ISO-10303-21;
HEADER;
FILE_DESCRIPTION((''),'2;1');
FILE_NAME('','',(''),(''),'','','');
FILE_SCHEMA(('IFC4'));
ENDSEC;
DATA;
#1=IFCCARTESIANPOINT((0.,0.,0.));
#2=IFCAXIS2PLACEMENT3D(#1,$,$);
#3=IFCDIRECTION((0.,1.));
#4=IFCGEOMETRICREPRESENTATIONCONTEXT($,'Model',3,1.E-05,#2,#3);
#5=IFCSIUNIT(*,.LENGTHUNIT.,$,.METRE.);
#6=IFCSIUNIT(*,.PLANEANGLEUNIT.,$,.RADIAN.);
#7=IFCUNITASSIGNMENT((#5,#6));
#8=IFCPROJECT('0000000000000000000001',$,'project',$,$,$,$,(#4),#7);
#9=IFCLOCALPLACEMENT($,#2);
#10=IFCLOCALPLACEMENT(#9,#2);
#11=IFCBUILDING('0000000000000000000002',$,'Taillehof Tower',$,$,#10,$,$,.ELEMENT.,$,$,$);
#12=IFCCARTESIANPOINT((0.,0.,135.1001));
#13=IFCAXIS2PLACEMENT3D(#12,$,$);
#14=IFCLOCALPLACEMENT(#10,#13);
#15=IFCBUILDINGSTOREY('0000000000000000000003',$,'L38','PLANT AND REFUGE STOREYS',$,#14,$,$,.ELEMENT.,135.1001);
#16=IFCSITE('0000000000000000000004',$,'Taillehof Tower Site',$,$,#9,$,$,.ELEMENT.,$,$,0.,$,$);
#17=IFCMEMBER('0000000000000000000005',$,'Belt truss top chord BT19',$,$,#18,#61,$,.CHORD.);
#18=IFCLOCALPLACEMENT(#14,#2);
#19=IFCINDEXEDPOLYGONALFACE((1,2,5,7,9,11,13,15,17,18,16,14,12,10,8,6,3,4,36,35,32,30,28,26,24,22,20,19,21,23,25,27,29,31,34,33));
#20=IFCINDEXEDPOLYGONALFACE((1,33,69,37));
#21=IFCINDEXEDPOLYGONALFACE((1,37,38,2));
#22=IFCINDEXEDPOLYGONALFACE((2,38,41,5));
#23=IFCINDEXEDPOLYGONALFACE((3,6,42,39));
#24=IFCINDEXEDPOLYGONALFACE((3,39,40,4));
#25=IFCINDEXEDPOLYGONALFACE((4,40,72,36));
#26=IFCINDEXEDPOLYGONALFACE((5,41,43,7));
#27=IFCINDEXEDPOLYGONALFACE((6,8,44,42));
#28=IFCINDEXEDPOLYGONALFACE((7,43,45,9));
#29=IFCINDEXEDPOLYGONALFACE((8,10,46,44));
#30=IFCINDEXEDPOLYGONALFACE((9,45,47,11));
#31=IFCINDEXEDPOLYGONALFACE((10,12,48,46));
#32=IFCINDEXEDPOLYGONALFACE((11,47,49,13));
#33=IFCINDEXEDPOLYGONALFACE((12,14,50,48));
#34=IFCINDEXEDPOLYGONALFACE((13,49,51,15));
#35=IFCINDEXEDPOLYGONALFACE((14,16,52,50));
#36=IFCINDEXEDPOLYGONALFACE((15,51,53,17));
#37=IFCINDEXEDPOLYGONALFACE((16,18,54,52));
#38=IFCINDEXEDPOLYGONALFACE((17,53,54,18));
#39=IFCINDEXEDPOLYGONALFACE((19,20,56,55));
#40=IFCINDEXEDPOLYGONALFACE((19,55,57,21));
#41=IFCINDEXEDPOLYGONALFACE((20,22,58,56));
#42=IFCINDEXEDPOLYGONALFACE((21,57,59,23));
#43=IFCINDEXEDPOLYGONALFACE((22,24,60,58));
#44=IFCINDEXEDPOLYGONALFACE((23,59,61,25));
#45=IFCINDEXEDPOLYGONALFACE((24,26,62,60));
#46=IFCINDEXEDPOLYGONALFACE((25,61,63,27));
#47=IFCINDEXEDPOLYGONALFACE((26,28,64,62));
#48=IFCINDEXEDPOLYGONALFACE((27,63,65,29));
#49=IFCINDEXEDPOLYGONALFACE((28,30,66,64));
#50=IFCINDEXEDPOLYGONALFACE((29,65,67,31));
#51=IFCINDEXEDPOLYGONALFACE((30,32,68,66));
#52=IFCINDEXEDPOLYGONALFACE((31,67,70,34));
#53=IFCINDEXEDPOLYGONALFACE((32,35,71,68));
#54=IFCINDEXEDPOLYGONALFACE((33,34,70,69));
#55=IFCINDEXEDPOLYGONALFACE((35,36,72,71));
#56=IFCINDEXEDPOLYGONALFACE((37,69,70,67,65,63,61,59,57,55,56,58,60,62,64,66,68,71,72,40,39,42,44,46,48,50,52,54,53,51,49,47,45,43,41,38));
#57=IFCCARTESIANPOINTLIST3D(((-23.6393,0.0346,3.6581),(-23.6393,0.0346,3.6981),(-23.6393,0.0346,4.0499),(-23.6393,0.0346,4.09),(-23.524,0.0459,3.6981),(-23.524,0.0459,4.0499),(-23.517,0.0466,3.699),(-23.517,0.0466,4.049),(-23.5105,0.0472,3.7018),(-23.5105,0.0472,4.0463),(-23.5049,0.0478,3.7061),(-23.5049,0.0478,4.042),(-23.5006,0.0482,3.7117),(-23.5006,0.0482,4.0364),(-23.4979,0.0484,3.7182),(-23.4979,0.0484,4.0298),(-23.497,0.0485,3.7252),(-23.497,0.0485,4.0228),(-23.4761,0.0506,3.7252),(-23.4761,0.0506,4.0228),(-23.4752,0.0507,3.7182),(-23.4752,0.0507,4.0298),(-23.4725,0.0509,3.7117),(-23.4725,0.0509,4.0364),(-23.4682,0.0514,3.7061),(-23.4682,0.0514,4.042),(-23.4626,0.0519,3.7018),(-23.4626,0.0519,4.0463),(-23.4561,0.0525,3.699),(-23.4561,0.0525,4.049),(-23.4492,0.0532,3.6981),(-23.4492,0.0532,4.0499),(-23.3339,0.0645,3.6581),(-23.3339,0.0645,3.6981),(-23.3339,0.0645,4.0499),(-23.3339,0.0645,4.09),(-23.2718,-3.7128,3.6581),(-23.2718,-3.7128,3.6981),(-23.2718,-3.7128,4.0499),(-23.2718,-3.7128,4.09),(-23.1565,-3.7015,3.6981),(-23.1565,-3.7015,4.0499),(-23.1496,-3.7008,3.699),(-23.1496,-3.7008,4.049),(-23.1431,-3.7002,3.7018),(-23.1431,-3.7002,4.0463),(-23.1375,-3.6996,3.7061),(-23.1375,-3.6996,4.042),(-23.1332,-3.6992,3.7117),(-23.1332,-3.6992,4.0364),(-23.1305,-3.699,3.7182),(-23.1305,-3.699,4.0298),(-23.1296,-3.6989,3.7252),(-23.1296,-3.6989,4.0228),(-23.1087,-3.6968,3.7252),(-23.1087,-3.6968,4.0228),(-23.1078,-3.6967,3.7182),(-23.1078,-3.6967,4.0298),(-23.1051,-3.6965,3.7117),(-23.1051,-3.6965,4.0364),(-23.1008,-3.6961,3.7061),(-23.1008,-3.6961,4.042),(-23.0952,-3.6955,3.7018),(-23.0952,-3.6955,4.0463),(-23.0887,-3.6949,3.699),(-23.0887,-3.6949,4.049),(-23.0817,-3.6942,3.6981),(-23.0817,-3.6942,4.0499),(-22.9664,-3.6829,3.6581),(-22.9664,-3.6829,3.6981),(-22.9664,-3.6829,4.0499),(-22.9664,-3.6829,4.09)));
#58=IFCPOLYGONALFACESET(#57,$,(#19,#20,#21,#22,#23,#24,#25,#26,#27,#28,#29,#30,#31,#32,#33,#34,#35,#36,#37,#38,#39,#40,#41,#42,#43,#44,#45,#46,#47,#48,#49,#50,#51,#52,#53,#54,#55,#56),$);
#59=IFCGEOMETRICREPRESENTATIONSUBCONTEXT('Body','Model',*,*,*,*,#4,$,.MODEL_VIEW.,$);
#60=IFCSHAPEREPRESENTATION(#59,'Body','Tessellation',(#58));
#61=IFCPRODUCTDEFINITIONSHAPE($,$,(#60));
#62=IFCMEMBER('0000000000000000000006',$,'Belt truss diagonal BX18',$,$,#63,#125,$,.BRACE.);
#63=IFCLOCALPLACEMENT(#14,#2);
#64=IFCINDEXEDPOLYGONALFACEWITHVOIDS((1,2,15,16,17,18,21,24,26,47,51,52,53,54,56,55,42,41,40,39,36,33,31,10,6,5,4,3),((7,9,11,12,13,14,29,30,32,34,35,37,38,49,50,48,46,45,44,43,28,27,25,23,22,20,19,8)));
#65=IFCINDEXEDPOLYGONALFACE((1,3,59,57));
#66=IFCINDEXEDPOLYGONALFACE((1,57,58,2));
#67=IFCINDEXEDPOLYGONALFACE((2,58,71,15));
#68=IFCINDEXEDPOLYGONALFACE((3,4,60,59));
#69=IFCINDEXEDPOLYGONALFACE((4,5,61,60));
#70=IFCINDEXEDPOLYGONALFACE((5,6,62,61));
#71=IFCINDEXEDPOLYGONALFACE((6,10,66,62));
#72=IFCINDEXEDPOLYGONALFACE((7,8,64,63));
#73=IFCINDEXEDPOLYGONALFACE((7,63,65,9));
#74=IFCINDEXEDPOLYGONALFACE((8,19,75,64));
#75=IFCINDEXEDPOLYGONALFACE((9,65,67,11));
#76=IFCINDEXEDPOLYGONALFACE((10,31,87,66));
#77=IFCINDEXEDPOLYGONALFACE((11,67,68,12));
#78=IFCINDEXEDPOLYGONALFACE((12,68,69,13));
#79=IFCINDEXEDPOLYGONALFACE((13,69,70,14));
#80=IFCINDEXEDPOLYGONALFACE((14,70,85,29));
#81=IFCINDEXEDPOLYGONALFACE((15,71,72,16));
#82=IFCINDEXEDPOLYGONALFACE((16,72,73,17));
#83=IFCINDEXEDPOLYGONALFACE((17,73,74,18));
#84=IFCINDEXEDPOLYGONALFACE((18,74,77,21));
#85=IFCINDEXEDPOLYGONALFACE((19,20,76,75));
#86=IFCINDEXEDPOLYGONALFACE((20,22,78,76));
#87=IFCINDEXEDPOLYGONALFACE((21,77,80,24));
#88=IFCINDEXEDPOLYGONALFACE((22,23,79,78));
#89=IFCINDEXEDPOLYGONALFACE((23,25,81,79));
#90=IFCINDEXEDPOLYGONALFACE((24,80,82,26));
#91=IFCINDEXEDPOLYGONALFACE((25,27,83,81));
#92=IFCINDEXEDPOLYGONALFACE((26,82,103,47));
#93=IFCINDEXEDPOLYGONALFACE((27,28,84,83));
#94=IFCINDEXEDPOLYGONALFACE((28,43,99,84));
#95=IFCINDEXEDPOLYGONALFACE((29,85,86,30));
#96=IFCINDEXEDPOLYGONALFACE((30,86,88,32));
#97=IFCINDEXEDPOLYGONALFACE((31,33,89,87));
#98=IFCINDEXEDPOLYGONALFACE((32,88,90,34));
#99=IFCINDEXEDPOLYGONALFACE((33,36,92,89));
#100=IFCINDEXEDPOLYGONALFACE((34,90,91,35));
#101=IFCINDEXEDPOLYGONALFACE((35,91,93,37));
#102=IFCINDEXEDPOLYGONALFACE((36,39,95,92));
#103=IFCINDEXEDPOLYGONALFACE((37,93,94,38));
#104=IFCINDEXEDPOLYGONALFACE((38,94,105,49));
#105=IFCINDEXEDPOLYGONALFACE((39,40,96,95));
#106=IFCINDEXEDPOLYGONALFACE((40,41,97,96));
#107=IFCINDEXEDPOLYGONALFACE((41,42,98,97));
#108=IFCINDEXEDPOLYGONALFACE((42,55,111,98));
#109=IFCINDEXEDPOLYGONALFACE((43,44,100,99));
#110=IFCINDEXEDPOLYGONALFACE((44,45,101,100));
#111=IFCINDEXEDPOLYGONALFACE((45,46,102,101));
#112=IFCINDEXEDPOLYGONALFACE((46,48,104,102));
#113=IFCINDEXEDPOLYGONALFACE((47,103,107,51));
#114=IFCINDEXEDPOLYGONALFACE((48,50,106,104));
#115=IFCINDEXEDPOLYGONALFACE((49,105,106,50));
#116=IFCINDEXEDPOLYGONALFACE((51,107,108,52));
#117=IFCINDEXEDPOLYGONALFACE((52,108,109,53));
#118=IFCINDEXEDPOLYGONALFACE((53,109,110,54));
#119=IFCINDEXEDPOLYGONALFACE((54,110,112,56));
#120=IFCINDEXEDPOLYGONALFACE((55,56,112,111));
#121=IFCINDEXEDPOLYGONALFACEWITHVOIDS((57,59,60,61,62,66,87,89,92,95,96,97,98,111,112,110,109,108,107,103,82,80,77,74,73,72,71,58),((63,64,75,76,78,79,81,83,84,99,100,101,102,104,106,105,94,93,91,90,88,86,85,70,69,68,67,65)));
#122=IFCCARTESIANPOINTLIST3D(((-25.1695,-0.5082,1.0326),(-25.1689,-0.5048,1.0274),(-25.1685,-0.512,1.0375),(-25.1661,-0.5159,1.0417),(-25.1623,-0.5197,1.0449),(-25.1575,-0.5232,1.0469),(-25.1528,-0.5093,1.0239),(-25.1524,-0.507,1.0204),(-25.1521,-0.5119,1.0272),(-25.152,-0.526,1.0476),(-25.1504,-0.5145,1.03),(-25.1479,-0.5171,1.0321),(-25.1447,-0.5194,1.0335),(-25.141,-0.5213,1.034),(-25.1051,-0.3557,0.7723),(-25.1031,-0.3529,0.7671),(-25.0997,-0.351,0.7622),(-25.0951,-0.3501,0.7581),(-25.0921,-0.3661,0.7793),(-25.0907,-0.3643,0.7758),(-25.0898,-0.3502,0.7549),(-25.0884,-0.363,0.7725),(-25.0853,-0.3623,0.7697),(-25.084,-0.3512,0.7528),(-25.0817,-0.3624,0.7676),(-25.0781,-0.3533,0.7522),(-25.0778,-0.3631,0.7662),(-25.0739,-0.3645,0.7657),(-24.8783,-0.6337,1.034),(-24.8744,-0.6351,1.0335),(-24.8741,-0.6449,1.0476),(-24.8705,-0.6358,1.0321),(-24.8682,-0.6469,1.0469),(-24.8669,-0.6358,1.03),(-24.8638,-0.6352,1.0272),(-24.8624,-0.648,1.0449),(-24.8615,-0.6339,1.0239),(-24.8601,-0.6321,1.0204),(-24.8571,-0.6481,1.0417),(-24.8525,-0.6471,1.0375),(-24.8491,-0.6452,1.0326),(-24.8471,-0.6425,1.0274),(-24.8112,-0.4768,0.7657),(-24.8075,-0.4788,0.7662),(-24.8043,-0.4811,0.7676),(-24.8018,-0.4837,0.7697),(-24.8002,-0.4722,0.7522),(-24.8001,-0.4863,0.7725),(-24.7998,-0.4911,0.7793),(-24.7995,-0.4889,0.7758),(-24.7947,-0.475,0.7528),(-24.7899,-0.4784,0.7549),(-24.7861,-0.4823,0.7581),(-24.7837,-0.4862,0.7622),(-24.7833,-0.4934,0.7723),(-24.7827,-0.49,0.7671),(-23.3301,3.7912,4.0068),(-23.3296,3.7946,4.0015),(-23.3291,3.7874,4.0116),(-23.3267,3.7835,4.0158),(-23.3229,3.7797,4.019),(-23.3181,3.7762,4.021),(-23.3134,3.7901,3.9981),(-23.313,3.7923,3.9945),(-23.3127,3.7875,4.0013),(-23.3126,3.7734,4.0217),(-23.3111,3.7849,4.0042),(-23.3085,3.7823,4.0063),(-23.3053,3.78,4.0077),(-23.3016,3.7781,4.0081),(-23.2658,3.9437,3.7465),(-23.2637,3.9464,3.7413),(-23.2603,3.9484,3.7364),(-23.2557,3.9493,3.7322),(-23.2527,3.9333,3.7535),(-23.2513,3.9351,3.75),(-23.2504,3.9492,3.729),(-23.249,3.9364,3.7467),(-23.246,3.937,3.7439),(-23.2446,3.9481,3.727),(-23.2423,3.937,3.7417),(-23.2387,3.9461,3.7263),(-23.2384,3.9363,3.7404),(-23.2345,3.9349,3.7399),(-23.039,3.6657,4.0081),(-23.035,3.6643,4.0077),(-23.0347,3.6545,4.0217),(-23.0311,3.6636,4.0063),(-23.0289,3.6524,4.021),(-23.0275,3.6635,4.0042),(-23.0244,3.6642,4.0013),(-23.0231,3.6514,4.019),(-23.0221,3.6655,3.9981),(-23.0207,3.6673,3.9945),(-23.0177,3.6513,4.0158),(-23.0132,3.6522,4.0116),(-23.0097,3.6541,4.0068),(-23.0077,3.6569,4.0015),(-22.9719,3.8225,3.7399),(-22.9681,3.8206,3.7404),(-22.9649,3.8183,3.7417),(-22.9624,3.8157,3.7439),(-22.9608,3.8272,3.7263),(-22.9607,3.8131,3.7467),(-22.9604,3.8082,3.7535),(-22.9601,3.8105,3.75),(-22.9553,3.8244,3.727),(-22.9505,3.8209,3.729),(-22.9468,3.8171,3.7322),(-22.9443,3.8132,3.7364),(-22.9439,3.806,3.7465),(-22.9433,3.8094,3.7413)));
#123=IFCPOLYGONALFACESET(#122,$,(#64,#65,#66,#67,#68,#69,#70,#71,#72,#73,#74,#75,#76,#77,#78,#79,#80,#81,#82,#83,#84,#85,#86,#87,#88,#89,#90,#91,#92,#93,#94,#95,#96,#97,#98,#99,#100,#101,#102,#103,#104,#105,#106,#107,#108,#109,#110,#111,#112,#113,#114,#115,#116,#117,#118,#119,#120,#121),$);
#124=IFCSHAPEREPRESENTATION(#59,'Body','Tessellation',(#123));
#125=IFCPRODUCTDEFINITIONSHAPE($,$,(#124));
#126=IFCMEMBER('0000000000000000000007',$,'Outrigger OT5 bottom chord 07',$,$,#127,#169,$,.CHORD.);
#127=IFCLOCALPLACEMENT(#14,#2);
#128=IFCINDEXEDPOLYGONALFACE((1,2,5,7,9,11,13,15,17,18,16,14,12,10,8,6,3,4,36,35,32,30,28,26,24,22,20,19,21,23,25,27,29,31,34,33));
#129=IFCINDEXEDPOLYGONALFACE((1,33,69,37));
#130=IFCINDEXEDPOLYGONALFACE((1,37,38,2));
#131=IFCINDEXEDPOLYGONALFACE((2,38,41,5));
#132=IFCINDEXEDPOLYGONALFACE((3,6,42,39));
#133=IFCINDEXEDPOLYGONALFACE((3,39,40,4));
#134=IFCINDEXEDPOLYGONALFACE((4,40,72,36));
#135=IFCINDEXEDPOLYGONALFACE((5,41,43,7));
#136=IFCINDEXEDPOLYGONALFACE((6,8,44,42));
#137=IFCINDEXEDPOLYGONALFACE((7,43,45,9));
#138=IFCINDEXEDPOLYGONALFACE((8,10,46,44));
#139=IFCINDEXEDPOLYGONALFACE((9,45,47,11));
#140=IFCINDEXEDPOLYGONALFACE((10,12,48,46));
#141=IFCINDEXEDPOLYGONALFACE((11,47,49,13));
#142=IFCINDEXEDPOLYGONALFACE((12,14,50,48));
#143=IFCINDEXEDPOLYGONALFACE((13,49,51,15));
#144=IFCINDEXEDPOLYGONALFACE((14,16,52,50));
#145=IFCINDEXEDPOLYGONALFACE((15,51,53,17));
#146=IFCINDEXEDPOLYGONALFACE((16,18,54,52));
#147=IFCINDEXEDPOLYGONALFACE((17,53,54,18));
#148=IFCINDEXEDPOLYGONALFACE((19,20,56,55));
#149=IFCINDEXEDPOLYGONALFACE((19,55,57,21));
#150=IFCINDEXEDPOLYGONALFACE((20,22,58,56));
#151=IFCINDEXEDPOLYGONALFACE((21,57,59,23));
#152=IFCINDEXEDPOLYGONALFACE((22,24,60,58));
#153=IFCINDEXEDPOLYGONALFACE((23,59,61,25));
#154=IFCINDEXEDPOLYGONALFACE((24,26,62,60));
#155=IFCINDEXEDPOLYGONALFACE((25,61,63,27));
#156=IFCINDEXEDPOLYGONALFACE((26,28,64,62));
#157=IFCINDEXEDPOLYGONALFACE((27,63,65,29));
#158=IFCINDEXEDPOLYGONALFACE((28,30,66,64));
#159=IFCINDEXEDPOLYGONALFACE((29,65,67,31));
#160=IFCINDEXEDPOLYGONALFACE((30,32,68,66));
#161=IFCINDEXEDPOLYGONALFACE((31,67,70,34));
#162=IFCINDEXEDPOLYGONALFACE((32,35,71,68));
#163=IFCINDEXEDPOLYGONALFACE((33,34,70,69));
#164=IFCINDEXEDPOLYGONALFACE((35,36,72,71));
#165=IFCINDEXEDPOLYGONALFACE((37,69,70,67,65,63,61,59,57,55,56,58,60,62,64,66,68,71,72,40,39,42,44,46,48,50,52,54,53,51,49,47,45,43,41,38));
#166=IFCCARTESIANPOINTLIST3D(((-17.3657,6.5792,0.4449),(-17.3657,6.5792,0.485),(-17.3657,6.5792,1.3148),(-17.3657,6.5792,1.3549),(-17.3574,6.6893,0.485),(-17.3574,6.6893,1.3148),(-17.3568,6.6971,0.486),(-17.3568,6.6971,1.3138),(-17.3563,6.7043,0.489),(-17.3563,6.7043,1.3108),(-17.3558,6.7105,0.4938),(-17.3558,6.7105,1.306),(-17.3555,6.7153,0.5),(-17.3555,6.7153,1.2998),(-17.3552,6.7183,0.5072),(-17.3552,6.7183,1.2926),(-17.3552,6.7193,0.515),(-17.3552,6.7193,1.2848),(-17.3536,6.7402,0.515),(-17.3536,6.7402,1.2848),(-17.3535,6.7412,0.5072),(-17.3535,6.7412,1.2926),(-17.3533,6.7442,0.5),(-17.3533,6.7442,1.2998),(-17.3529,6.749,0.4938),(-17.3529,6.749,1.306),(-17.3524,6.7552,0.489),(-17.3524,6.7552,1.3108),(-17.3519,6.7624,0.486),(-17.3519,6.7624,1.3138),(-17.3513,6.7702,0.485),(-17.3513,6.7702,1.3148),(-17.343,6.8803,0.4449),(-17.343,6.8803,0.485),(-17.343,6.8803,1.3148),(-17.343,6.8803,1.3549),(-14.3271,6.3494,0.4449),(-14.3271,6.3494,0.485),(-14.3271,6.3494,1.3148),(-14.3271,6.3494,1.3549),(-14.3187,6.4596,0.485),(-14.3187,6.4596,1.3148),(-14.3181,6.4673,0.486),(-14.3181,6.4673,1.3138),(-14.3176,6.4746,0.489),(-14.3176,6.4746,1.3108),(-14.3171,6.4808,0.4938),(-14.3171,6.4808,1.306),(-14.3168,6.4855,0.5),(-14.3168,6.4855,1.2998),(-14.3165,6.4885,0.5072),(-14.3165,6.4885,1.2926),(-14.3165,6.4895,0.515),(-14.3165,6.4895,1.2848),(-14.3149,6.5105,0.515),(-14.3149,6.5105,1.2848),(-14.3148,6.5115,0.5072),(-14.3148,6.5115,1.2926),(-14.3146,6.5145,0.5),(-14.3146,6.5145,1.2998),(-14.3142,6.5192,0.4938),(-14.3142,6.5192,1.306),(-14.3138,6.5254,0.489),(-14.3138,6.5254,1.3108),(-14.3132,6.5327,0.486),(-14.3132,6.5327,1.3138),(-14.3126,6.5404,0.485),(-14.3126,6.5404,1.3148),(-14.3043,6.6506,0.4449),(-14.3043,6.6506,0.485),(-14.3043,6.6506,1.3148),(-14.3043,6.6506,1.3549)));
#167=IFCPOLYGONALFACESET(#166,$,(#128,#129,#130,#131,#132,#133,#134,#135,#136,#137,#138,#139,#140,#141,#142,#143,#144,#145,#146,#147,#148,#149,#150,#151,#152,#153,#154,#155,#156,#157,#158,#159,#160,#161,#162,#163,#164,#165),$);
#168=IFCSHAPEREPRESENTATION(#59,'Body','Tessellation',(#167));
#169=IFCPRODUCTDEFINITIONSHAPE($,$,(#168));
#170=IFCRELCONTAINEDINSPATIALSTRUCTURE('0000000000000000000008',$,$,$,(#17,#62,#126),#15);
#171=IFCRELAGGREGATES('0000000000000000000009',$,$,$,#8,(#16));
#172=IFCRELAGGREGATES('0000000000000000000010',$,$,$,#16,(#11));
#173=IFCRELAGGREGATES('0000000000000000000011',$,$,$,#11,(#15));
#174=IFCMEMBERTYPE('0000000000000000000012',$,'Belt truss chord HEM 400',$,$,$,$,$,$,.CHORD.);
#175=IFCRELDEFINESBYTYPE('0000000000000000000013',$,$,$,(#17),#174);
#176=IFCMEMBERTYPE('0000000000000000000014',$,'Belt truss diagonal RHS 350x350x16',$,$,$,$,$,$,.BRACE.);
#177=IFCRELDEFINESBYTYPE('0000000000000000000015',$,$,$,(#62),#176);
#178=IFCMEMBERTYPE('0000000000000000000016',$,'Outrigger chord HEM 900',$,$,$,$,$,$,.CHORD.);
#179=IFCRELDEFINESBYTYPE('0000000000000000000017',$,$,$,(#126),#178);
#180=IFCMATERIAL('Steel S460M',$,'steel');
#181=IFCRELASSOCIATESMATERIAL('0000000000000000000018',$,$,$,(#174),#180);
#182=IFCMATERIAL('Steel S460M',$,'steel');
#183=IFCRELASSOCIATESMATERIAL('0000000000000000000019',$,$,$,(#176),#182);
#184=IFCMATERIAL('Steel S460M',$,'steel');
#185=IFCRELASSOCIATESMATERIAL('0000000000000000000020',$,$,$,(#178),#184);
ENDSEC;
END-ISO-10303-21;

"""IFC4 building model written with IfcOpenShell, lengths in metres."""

from ifc_helpers import new_model, si_unit, direction, frame, origin, origin_2d, place, context, subcontext, project, spatial, hollow_rectangle, i_section, extrude, material, material_profile, profile_set, type_object, element, save


model = new_model("IFC4")

# Units and contexts
model_context = context("Model", 3, precision=1e-05, world=origin(), true_north=direction((0.0, 1.0)))
body_context = subcontext(model_context, "Body", "Model", "MODEL_VIEW")
ifc_project = project(units=[si_unit("LENGTHUNIT", "METRE"), si_unit("PLANEANGLEUNIT", "RADIAN")], contexts=[model_context])

# Site, building, storey
site_placement = place(None, origin())
site = spatial("IfcSite", under=ifc_project, at=site_placement, Name="Taillehof Tower Site", CompositionType="ELEMENT", RefElevation=0.0)
building_placement = place(site_placement, origin())
building = spatial("IfcBuilding", under=site, at=building_placement, Name="Taillehof Tower", CompositionType="ELEMENT")
storey_placement = place(building_placement, frame((0.0, 0.0, 135.1001)))
storey = spatial("IfcBuildingStorey", under=building, at=storey_placement, Name="L38", Description="PLANT AND REFUGE STOREYS", CompositionType="ELEMENT", Elevation=135.1001)

# Members
ifc_material_1 = material(Name="Steel S460M", Category="steel")
ifc_material_profile_1 = material_profile(ifc_material_1, i_section(OverallWidth=0.3069, OverallDepth=0.4319, WebThickness=0.021, FlangeThickness=0.04, FilletRadius=0.0271, at=origin_2d()), Name="HEM 400")
ifc_profile_set_1 = profile_set([ifc_material_profile_1], Name="Steel S460M")
member_type_1 = type_object("IfcMemberType", Name="Belt truss chord HEM 400", PredefinedType="CHORD", material=ifc_profile_set_1)
member_1_placement = place(storey_placement, frame((-23.4866, 0.0496, 3.874), z_axis=(0.097584, -0.995227, 0.0), x_axis=(0.995227, 0.097584, 0.0)))
element("IfcMember", 1, at=member_1_placement, inside=storey, type_object=member_type_1, Name="Belt truss top chord BT19", PredefinedType="CHORD", context=body_context, shape_type="SweptSolid", body=[
    extrude(i_section(OverallWidth=0.3069, OverallDepth=0.4319, WebThickness=0.021, FlangeThickness=0.04, FilletRadius=0.0271, at=origin_2d()), origin(), (0.0, 0.0, 1.0), 3.7654),
])
ifc_material_2 = material(Name="Steel S460M", Category="steel")
ifc_material_profile_2 = material_profile(ifc_material_2, hollow_rectangle(XDim=0.3501, YDim=0.3501, WallThickness=0.0161, InnerFilletRadius=0.0161, OuterFilletRadius=0.0239, at=origin_2d()), Name="RHS 350x350x16")
ifc_profile_set_2 = profile_set([ifc_material_profile_2], Name="Steel S460M")
member_type_2 = type_object("IfcMemberType", Name="Belt truss diagonal RHS 350x350x16", PredefinedType="BRACE", material=ifc_profile_set_2)
member_2_placement = place(storey_placement, frame((-23.1367, 3.8003, 3.874), z_axis=(-0.331899, -0.775783, -0.53666), x_axis=(0.919393, -0.39334, 0.0)))
element("IfcMember", 2, at=member_2_placement, inside=storey, type_object=member_type_2, Name="Belt truss diagonal BX18", PredefinedType="BRACE", context=body_context, shape_type="SweptSolid", body=[
    extrude(hollow_rectangle(XDim=0.3501, YDim=0.3501, WallThickness=0.0161, InnerFilletRadius=0.0161, OuterFilletRadius=0.0239, at=origin_2d()), origin(), (0.0, 0.0, 1.0), 5.542),
])
ifc_material_3 = material(Name="Steel S460M", Category="steel")
ifc_material_profile_3 = material_profile(ifc_material_3, i_section(OverallWidth=0.302, OverallDepth=0.9099, WebThickness=0.021, FlangeThickness=0.04, FilletRadius=0.03, at=origin_2d()), Name="HEM 900")
ifc_profile_set_3 = profile_set([ifc_material_profile_3], Name="Steel S460M")
member_type_3 = type_object("IfcMemberType", Name="Outrigger chord HEM 900", PredefinedType="CHORD", material=ifc_profile_set_3)
member_3_placement = place(storey_placement, frame((-14.3157, 6.5, 0.8999), z_axis=(-0.997154, 0.075391, 0.0), x_axis=(-0.075391, -0.997154, 0.0)))
element("IfcMember", 3, at=member_3_placement, inside=storey, type_object=member_type_3, Name="Outrigger OT5 bottom chord 07", PredefinedType="CHORD", context=body_context, shape_type="SweptSolid", body=[
    extrude(i_section(OverallWidth=0.302, OverallDepth=0.9099, WebThickness=0.021, FlangeThickness=0.04, FilletRadius=0.03, at=origin_2d()), origin(), (0.0, 0.0, 1.0), 3.0474),
])

save(model, "model.ifc")
